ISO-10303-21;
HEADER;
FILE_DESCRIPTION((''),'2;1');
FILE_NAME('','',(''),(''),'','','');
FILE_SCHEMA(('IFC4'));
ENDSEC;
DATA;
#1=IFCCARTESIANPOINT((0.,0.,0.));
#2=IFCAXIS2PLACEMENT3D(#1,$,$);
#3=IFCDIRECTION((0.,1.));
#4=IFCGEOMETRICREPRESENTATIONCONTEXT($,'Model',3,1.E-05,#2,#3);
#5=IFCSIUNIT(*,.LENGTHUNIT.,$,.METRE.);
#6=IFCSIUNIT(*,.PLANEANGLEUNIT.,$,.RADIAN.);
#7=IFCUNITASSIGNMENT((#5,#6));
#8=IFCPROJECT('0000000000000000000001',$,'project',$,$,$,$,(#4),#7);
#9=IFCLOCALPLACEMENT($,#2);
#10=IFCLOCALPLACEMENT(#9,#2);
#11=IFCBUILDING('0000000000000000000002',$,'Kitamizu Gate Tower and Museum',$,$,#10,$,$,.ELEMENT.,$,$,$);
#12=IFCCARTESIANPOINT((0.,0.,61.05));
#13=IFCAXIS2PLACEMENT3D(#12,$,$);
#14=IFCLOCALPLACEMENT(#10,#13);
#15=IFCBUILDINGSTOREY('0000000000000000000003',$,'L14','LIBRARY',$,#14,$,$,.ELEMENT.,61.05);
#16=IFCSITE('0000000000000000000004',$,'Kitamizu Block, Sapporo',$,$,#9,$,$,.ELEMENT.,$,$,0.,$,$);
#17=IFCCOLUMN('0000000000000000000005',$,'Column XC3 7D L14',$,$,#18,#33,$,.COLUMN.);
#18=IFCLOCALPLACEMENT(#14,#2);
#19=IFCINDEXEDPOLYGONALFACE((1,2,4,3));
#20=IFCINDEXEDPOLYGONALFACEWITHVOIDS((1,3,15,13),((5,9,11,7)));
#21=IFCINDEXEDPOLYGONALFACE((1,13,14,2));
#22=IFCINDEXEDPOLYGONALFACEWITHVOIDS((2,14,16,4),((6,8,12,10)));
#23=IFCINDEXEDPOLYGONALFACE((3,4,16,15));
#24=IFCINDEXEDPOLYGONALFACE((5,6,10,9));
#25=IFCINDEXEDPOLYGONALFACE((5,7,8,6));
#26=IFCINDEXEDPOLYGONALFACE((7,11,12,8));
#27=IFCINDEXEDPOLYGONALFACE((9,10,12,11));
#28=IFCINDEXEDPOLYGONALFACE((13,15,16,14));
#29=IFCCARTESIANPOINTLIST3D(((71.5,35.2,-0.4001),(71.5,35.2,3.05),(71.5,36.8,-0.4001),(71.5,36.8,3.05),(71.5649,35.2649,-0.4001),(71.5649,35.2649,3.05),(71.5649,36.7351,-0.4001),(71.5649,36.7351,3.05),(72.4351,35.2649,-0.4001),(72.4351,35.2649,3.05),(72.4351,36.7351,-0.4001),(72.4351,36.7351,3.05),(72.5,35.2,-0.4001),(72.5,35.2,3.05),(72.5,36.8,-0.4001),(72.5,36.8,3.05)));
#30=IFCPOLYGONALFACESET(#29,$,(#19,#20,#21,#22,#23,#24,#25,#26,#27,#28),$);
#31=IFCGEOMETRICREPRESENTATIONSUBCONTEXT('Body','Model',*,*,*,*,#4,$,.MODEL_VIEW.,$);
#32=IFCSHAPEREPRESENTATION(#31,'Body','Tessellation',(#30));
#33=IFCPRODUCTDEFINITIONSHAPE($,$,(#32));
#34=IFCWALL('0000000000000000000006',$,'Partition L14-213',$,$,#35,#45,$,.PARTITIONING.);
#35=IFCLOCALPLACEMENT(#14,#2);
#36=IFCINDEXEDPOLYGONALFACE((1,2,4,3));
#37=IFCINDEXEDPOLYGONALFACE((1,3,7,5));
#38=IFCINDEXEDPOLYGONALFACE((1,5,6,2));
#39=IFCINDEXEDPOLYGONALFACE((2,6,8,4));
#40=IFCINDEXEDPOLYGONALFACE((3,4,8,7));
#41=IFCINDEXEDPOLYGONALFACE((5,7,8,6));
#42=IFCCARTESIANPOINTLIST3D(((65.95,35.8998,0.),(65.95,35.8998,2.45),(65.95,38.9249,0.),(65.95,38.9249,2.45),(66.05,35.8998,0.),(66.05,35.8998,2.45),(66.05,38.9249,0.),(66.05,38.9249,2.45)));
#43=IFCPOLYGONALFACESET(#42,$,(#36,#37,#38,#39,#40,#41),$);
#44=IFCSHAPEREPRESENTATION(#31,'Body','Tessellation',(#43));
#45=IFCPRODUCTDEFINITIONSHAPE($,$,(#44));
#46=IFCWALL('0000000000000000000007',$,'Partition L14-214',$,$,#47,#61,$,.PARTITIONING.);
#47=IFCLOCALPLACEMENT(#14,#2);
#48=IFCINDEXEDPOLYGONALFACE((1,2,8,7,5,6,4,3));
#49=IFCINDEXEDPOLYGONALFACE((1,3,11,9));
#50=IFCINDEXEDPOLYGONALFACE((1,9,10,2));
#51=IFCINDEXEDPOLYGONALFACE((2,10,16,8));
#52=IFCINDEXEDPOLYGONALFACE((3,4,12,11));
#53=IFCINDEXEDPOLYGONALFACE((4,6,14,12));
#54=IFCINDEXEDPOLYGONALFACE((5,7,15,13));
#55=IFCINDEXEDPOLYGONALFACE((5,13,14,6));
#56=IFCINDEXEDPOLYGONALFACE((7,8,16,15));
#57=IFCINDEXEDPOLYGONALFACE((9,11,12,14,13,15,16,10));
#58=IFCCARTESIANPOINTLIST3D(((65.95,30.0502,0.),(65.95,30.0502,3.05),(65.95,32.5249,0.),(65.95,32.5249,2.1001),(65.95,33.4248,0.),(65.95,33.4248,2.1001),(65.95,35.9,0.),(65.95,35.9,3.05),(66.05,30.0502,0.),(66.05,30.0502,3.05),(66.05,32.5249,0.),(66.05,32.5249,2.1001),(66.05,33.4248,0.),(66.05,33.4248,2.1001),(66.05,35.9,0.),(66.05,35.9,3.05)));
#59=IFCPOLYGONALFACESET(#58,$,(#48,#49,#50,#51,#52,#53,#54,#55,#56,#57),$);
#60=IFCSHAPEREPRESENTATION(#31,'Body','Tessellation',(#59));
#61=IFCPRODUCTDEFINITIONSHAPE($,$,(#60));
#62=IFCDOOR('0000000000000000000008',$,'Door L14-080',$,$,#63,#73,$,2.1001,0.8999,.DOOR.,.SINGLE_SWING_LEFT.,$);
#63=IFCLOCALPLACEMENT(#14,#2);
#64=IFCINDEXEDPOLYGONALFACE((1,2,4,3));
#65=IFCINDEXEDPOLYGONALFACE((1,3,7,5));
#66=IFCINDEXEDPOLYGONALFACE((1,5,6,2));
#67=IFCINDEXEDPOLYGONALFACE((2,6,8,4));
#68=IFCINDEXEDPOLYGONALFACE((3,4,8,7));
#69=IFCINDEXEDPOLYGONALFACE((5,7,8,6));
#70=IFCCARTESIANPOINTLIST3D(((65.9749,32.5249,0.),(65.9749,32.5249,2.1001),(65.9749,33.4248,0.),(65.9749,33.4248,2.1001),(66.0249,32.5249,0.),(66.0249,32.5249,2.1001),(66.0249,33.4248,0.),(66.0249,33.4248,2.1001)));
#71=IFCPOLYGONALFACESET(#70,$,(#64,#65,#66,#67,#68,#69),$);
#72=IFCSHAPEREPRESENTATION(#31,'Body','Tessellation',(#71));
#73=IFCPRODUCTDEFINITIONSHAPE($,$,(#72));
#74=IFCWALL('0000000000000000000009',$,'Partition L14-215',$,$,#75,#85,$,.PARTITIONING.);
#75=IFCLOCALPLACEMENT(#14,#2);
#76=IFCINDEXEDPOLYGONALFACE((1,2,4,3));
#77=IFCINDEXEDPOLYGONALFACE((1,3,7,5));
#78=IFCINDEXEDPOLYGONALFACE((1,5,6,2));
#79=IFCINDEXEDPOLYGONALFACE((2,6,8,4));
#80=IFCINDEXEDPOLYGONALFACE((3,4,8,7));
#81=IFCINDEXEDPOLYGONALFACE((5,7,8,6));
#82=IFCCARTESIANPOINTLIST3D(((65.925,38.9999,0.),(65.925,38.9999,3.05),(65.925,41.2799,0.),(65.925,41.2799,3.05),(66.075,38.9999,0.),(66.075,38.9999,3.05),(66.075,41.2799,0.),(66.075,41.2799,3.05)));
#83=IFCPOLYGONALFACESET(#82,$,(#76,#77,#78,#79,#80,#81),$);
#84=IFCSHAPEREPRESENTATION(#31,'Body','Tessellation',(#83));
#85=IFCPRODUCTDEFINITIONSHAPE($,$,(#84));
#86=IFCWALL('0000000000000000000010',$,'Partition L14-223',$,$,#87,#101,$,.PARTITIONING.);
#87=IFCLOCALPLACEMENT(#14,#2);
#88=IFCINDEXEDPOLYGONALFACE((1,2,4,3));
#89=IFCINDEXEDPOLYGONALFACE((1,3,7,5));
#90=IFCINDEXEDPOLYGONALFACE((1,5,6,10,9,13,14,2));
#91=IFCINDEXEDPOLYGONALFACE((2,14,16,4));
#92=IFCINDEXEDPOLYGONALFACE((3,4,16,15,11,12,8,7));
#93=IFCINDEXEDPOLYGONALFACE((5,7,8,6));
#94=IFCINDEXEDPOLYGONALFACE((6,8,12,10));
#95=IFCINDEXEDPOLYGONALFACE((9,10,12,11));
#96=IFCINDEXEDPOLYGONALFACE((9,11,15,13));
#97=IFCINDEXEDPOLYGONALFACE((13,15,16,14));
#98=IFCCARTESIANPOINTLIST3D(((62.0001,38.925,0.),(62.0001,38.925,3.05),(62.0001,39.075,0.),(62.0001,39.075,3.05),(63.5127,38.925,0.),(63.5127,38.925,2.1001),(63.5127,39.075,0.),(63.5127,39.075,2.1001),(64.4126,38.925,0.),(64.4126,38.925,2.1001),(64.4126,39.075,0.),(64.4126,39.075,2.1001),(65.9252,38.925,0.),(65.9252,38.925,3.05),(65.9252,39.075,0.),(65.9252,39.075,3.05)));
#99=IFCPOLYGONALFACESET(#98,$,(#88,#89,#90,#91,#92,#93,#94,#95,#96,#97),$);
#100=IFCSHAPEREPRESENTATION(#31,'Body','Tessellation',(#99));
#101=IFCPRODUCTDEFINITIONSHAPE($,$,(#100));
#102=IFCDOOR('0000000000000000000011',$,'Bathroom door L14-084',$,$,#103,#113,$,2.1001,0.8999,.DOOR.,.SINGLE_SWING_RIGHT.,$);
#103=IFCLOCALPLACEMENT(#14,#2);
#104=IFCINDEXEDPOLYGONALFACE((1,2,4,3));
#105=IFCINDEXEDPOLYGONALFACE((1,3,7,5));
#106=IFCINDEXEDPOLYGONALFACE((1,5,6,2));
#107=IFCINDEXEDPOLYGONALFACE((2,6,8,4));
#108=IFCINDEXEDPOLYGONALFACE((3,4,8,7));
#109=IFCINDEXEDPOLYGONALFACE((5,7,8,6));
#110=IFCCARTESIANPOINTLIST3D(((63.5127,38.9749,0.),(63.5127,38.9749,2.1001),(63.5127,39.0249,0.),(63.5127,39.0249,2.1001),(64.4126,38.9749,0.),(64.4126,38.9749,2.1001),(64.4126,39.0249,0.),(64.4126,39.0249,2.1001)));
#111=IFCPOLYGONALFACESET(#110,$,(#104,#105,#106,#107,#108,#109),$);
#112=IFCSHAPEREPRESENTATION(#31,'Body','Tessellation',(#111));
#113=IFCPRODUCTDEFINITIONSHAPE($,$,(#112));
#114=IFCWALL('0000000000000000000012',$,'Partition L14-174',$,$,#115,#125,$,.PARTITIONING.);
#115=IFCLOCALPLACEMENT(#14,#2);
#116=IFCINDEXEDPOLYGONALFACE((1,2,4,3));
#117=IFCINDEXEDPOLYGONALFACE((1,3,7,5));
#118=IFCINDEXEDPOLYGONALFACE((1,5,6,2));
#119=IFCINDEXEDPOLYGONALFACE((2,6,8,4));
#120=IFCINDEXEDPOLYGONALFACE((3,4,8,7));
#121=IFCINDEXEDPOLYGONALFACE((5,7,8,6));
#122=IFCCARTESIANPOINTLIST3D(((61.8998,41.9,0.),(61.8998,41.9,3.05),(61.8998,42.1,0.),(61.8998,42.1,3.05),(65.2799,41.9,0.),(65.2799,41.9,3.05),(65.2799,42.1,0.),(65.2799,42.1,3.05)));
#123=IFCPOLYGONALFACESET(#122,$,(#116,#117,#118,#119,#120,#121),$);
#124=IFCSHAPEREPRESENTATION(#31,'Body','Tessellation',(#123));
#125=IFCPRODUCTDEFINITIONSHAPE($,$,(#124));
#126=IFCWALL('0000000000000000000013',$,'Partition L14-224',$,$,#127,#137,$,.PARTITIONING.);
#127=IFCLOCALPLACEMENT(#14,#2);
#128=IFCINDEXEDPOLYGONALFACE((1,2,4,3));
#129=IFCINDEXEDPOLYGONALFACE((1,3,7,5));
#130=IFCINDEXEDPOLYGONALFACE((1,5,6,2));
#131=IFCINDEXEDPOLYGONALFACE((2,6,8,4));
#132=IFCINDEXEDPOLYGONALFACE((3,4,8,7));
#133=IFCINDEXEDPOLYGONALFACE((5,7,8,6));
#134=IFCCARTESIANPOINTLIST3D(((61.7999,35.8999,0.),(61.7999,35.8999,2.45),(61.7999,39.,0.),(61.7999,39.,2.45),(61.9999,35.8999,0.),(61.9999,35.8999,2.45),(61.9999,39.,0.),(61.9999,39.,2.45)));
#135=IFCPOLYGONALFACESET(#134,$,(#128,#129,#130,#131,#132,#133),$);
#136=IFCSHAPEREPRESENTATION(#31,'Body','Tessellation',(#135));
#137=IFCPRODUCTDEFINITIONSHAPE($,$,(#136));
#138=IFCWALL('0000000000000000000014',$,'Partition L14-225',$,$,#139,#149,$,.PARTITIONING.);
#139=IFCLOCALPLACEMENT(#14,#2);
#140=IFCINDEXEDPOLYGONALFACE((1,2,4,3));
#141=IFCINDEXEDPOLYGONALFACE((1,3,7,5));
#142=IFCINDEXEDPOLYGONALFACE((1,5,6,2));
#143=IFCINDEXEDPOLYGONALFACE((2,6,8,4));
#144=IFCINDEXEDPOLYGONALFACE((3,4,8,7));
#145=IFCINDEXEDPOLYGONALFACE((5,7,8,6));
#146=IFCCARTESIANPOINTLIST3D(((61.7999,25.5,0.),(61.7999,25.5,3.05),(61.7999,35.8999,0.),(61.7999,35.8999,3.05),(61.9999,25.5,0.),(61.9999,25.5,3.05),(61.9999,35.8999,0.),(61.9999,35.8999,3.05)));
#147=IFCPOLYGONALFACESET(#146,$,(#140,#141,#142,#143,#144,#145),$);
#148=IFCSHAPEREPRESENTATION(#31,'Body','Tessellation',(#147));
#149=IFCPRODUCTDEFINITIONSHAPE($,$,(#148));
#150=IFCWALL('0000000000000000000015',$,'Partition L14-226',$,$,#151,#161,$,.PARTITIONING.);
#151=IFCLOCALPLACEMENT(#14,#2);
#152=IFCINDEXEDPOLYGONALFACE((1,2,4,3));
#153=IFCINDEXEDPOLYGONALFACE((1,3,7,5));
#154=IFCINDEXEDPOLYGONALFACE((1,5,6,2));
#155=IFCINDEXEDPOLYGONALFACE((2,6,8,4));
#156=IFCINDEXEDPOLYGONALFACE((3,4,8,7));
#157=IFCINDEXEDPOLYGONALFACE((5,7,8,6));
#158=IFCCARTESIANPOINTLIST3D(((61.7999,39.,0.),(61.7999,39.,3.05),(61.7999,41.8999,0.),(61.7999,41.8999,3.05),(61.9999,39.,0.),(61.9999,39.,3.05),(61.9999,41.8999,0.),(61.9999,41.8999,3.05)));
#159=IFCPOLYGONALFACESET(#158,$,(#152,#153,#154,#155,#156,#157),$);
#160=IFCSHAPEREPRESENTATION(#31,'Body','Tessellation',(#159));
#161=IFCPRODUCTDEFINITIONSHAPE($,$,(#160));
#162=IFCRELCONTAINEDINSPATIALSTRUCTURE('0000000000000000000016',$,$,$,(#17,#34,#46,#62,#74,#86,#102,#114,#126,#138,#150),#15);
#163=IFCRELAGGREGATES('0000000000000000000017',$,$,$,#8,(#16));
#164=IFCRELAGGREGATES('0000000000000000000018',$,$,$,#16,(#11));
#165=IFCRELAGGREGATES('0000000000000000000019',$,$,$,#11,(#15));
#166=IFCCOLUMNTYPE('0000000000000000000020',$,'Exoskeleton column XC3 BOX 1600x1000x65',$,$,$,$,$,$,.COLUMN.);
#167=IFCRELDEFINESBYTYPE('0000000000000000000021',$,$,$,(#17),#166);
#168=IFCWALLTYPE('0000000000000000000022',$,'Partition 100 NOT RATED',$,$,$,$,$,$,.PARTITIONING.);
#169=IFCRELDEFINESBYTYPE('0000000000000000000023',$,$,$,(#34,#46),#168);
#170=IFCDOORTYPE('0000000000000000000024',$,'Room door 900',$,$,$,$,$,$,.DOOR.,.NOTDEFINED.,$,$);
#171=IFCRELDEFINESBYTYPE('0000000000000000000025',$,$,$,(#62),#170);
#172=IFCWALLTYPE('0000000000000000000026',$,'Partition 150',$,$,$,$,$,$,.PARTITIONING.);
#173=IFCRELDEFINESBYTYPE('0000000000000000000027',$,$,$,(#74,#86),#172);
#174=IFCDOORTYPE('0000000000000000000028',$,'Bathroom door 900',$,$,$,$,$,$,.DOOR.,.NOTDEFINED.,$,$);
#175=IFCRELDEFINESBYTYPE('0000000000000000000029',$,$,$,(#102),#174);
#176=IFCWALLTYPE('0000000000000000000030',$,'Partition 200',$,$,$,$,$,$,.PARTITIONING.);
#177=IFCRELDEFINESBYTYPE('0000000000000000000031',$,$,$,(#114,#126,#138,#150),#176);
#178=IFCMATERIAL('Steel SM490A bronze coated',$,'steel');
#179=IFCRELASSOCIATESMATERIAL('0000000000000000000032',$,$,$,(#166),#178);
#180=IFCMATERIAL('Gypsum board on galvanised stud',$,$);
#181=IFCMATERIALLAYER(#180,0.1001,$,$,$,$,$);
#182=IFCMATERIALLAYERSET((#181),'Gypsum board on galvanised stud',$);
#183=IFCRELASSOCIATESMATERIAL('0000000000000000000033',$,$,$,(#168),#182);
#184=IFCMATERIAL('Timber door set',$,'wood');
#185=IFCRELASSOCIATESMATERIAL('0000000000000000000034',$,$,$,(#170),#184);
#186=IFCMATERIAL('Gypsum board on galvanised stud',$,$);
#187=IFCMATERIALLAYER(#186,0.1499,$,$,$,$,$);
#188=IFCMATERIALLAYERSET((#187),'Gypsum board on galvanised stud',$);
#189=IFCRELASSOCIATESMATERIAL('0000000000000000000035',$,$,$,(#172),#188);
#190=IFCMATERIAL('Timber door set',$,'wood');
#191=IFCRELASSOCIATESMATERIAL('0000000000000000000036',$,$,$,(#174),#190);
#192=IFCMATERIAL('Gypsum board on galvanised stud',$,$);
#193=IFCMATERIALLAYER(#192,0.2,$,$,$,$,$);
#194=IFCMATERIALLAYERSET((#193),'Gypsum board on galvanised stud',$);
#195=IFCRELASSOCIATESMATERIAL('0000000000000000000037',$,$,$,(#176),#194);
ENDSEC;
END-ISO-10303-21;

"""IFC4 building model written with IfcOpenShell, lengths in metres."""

from ifc_helpers import new_model, si_unit, direction, frame, frame_2d, origin, origin_2d, place, context, subcontext, project, spatial, rectangle, hollow_rectangle, extrude, material, layer, layer_set, material_profile, profile_set, type_object, element, fill, save


model = new_model("IFC4")

# Units and contexts
model_context = context("Model", 3, precision=1e-05, world=origin(), true_north=direction((0.0, 1.0)))
body_context = subcontext(model_context, "Body", "Model", "MODEL_VIEW")
ifc_project = project(units=[si_unit("LENGTHUNIT", "METRE"), si_unit("PLANEANGLEUNIT", "RADIAN")], contexts=[model_context])

# Site, building, storey
site_placement = place(None, origin())
site = spatial("IfcSite", under=ifc_project, at=site_placement, Name="Kitamizu Block, Sapporo", CompositionType="ELEMENT", RefElevation=0.0)
building_placement = place(site_placement, origin())
building = spatial("IfcBuilding", under=site, at=building_placement, Name="Kitamizu Gate Tower and Museum", CompositionType="ELEMENT")
storey_placement = place(building_placement, frame((0.0, 0.0, 61.05)))
storey = spatial("IfcBuildingStorey", under=building, at=storey_placement, Name="L14", Description="LIBRARY", CompositionType="ELEMENT", Elevation=61.05)

# Column
ifc_material_1 = material(Name="Steel SM490A bronze coated", Category="steel")
ifc_material_profile = material_profile(ifc_material_1, hollow_rectangle(XDim=1.6001, YDim=1.0, WallThickness=0.0649, at=origin_2d()), Name="BOX 1600x1000x65")
ifc_profile_set = profile_set([ifc_material_profile], Name="Steel SM490A bronze coated")
column_type = type_object("IfcColumnType", Name="Exoskeleton column XC3 BOX 1600x1000x65", PredefinedType="COLUMN", material=ifc_profile_set)
column_placement = place(storey_placement, frame((72.0, 36.0, -0.4001), z_axis=(0.0, 0.0, 1.0), x_axis=(0.0, 1.0, 0.0)))
element("IfcColumn", 1, at=column_placement, inside=storey, type_object=column_type, Name="Column XC3 7D L14", PredefinedType="COLUMN", context=body_context, shape_type="SweptSolid", body=[
    extrude(hollow_rectangle(XDim=1.6001, YDim=1.0, WallThickness=0.0649, at=origin_2d()), origin(), (0.0, 0.0, 1.0), 3.4502),
])

# Wall
ifc_material_2 = material(Name="Gypsum board on galvanised stud")
ifc_layer_1 = layer(ifc_material_2, 0.1001)
ifc_layer_set_1 = layer_set([ifc_layer_1], Name="Gypsum board on galvanised stud")
wall_type_1 = type_object("IfcWallType", Name="Partition 100 NOT RATED", PredefinedType="PARTITIONING", material=ifc_layer_set_1)
wall_1_placement = place(storey_placement, frame((66.0, 38.925, 0.0), z_axis=(0.0, 0.0, 1.0), x_axis=(0.0, -1.0, 0.0)))
element("IfcWall", 2, at=wall_1_placement, inside=storey, type_object=wall_type_1, Name="Partition L14-213", PredefinedType="PARTITIONING", context=body_context, shape_type="SweptSolid", body=[
    extrude(rectangle(XDim=3.0251, YDim=0.1001, at=frame_2d((1.5127, 0.0))), origin(), (0.0, 0.0, 1.0), 2.45),
])

# Wall, opening, door
wall_2_placement = place(storey_placement, frame((66.0, 35.8999, 0.0), z_axis=(0.0, 0.0, 1.0), x_axis=(0.0, -1.0, 0.0)))
wall_2 = element("IfcWall", 3, at=wall_2_placement, inside=storey, type_object=wall_type_1, Name="Partition L14-214", PredefinedType="PARTITIONING", context=body_context, shape_type="SweptSolid", body=[
    extrude(rectangle(XDim=5.8499, YDim=0.1001, at=frame_2d((2.9248, 0.0))), origin(), (0.0, 0.0, 1.0), 3.05),
])
opening_1_placement = place(wall_2_placement, frame((2.4751, 0.0, 0.0)))
opening_1 = element("IfcOpeningElement", 4, at=opening_1_placement, cuts=wall_2, PredefinedType="OPENING", context=body_context, shape_type="SweptSolid", body=[
    extrude(rectangle(XDim=0.8999, YDim=2.1001, at=frame_2d((0.45, 1.05))), frame((0.0, 0.0601, 0.0), z_axis=(0.0, -1.0, 0.0), x_axis=(1.0, 0.0, 0.0)), (0.0, 0.0, 1.0), 0.1201),
])
ifc_material_3 = material(Name="Timber door set", Category="wood")
door_type_1 = type_object("IfcDoorType", Name="Room door 900", OperationType="NOTDEFINED", PredefinedType="DOOR", material=ifc_material_3)
door_1_placement = place(opening_1_placement, origin())
door_1 = element("IfcDoor", 5, at=door_1_placement, inside=storey, type_object=door_type_1, Name="Door L14-080", OperationType="SINGLE_SWING_LEFT", OverallHeight=2.1001, OverallWidth=0.8999, PredefinedType="DOOR", context=body_context, shape_type="SweptSolid", body=[
    extrude(rectangle(XDim=0.8999, YDim=2.1001, at=frame_2d((0.45, 1.05))), frame((0.0, 0.0249, 0.0), z_axis=(0.0, -1.0, 0.0), x_axis=(1.0, 0.0, 0.0)), (0.0, 0.0, 1.0), 0.05),
])
fill(opening_1, door_1)

# Wall
ifc_material_4 = material(Name="Gypsum board on galvanised stud")
ifc_layer_2 = layer(ifc_material_4, 0.1499)
ifc_layer_set_2 = layer_set([ifc_layer_2], Name="Gypsum board on galvanised stud")
wall_type_2 = type_object("IfcWallType", Name="Partition 150", PredefinedType="PARTITIONING", material=ifc_layer_set_2)
wall_3_placement = place(storey_placement, frame((66.0, 41.28, 0.0), z_axis=(0.0, 0.0, 1.0), x_axis=(0.0, -1.0, 0.0)))
element("IfcWall", 6, at=wall_3_placement, inside=storey, type_object=wall_type_2, Name="Partition L14-215", PredefinedType="PARTITIONING", context=body_context, shape_type="SweptSolid", body=[
    extrude(rectangle(XDim=2.28, YDim=0.1499, at=frame_2d((1.1401, 0.0))), origin(), (0.0, 0.0, 1.0), 3.05),
])

# Wall, opening, door
wall_4_placement = place(storey_placement, frame((65.925, 39.0, 0.0), z_axis=(0.0, 0.0, 1.0), x_axis=(-1.0, 0.0, 0.0)))
wall_4 = element("IfcWall", 7, at=wall_4_placement, inside=storey, type_object=wall_type_2, Name="Partition L14-223", PredefinedType="PARTITIONING", context=body_context, shape_type="SweptSolid", body=[
    extrude(rectangle(XDim=3.925, YDim=0.1499, at=frame_2d((1.9624, 0.0))), origin(), (0.0, 0.0, 1.0), 3.05),
])
opening_2_placement = place(wall_4_placement, frame((1.5125, 0.0, 0.0)))
opening_2 = element("IfcOpeningElement", 8, at=opening_2_placement, cuts=wall_4, PredefinedType="OPENING", context=body_context, shape_type="SweptSolid", body=[
    extrude(rectangle(XDim=0.8999, YDim=2.1001, at=frame_2d((0.45, 1.05))), frame((0.0, 0.085, 0.0), z_axis=(0.0, -1.0, 0.0), x_axis=(1.0, 0.0, 0.0)), (0.0, 0.0, 1.0), 0.1699),
])
ifc_material_5 = material(Name="Timber door set", Category="wood")
door_type_2 = type_object("IfcDoorType", Name="Bathroom door 900", OperationType="NOTDEFINED", PredefinedType="DOOR", material=ifc_material_5)
door_2_placement = place(opening_2_placement, frame((0.8999, 0.0, 0.0), x_axis=(-1.0, 0.0, 0.0)))
door_2 = element("IfcDoor", 9, at=door_2_placement, inside=storey, type_object=door_type_2, Name="Bathroom door L14-084", OperationType="SINGLE_SWING_RIGHT", OverallHeight=2.1001, OverallWidth=0.8999, PredefinedType="DOOR", context=body_context, shape_type="SweptSolid", body=[
    extrude(rectangle(XDim=0.8999, YDim=2.1001, at=frame_2d((0.45, 1.05))), frame((0.0, 0.0249, 0.0), z_axis=(0.0, -1.0, 0.0), x_axis=(1.0, 0.0, 0.0)), (0.0, 0.0, 1.0), 0.05),
])
fill(opening_2, door_2)

# Walls
ifc_material_6 = material(Name="Gypsum board on galvanised stud")
ifc_layer_3 = layer(ifc_material_6, 0.2)
ifc_layer_set_3 = layer_set([ifc_layer_3], Name="Gypsum board on galvanised stud")
wall_type_3 = type_object("IfcWallType", Name="Partition 200", PredefinedType="PARTITIONING", material=ifc_layer_set_3)
wall_5_placement = place(storey_placement, frame((61.8999, 42.0, 0.0), z_axis=(0.0, 0.0, 1.0), x_axis=(1.0, 0.0, 0.0)))
element("IfcWall", 10, at=wall_5_placement, inside=storey, type_object=wall_type_3, Name="Partition L14-174", PredefinedType="PARTITIONING", context=body_context, shape_type="SweptSolid", body=[
    extrude(rectangle(XDim=3.3801, YDim=0.2, at=frame_2d((1.6899, 0.0))), origin(), (0.0, 0.0, 1.0), 3.05),
])
wall_6_placement = place(storey_placement, frame((61.8999, 39.0, 0.0), z_axis=(0.0, 0.0, 1.0), x_axis=(0.0, -1.0, 0.0)))
element("IfcWall", 11, at=wall_6_placement, inside=storey, type_object=wall_type_3, Name="Partition L14-224", PredefinedType="PARTITIONING", context=body_context, shape_type="SweptSolid", body=[
    extrude(rectangle(XDim=3.1001, YDim=0.2, at=frame_2d((1.55, 0.0))), origin(), (0.0, 0.0, 1.0), 2.45),
])
wall_7_placement = place(storey_placement, frame((61.8999, 35.8999, 0.0), z_axis=(0.0, 0.0, 1.0), x_axis=(0.0, -1.0, 0.0)))
element("IfcWall", 12, at=wall_7_placement, inside=storey, type_object=wall_type_3, Name="Partition L14-225", PredefinedType="PARTITIONING", context=body_context, shape_type="SweptSolid", body=[
    extrude(rectangle(XDim=10.3999, YDim=0.2, at=frame_2d((5.2, 0.0))), origin(), (0.0, 0.0, 1.0), 3.05),
])
wall_8_placement = place(storey_placement, frame((61.8999, 41.8999, 0.0), z_axis=(0.0, 0.0, 1.0), x_axis=(0.0, -1.0, 0.0)))
element("IfcWall", 13, at=wall_8_placement, inside=storey, type_object=wall_type_3, Name="Partition L14-226", PredefinedType="PARTITIONING", context=body_context, shape_type="SweptSolid", body=[
    extrude(rectangle(XDim=2.8999, YDim=0.2, at=frame_2d((1.45, 0.0))), origin(), (0.0, 0.0, 1.0), 3.05),
])

save(model, "model.ifc")
